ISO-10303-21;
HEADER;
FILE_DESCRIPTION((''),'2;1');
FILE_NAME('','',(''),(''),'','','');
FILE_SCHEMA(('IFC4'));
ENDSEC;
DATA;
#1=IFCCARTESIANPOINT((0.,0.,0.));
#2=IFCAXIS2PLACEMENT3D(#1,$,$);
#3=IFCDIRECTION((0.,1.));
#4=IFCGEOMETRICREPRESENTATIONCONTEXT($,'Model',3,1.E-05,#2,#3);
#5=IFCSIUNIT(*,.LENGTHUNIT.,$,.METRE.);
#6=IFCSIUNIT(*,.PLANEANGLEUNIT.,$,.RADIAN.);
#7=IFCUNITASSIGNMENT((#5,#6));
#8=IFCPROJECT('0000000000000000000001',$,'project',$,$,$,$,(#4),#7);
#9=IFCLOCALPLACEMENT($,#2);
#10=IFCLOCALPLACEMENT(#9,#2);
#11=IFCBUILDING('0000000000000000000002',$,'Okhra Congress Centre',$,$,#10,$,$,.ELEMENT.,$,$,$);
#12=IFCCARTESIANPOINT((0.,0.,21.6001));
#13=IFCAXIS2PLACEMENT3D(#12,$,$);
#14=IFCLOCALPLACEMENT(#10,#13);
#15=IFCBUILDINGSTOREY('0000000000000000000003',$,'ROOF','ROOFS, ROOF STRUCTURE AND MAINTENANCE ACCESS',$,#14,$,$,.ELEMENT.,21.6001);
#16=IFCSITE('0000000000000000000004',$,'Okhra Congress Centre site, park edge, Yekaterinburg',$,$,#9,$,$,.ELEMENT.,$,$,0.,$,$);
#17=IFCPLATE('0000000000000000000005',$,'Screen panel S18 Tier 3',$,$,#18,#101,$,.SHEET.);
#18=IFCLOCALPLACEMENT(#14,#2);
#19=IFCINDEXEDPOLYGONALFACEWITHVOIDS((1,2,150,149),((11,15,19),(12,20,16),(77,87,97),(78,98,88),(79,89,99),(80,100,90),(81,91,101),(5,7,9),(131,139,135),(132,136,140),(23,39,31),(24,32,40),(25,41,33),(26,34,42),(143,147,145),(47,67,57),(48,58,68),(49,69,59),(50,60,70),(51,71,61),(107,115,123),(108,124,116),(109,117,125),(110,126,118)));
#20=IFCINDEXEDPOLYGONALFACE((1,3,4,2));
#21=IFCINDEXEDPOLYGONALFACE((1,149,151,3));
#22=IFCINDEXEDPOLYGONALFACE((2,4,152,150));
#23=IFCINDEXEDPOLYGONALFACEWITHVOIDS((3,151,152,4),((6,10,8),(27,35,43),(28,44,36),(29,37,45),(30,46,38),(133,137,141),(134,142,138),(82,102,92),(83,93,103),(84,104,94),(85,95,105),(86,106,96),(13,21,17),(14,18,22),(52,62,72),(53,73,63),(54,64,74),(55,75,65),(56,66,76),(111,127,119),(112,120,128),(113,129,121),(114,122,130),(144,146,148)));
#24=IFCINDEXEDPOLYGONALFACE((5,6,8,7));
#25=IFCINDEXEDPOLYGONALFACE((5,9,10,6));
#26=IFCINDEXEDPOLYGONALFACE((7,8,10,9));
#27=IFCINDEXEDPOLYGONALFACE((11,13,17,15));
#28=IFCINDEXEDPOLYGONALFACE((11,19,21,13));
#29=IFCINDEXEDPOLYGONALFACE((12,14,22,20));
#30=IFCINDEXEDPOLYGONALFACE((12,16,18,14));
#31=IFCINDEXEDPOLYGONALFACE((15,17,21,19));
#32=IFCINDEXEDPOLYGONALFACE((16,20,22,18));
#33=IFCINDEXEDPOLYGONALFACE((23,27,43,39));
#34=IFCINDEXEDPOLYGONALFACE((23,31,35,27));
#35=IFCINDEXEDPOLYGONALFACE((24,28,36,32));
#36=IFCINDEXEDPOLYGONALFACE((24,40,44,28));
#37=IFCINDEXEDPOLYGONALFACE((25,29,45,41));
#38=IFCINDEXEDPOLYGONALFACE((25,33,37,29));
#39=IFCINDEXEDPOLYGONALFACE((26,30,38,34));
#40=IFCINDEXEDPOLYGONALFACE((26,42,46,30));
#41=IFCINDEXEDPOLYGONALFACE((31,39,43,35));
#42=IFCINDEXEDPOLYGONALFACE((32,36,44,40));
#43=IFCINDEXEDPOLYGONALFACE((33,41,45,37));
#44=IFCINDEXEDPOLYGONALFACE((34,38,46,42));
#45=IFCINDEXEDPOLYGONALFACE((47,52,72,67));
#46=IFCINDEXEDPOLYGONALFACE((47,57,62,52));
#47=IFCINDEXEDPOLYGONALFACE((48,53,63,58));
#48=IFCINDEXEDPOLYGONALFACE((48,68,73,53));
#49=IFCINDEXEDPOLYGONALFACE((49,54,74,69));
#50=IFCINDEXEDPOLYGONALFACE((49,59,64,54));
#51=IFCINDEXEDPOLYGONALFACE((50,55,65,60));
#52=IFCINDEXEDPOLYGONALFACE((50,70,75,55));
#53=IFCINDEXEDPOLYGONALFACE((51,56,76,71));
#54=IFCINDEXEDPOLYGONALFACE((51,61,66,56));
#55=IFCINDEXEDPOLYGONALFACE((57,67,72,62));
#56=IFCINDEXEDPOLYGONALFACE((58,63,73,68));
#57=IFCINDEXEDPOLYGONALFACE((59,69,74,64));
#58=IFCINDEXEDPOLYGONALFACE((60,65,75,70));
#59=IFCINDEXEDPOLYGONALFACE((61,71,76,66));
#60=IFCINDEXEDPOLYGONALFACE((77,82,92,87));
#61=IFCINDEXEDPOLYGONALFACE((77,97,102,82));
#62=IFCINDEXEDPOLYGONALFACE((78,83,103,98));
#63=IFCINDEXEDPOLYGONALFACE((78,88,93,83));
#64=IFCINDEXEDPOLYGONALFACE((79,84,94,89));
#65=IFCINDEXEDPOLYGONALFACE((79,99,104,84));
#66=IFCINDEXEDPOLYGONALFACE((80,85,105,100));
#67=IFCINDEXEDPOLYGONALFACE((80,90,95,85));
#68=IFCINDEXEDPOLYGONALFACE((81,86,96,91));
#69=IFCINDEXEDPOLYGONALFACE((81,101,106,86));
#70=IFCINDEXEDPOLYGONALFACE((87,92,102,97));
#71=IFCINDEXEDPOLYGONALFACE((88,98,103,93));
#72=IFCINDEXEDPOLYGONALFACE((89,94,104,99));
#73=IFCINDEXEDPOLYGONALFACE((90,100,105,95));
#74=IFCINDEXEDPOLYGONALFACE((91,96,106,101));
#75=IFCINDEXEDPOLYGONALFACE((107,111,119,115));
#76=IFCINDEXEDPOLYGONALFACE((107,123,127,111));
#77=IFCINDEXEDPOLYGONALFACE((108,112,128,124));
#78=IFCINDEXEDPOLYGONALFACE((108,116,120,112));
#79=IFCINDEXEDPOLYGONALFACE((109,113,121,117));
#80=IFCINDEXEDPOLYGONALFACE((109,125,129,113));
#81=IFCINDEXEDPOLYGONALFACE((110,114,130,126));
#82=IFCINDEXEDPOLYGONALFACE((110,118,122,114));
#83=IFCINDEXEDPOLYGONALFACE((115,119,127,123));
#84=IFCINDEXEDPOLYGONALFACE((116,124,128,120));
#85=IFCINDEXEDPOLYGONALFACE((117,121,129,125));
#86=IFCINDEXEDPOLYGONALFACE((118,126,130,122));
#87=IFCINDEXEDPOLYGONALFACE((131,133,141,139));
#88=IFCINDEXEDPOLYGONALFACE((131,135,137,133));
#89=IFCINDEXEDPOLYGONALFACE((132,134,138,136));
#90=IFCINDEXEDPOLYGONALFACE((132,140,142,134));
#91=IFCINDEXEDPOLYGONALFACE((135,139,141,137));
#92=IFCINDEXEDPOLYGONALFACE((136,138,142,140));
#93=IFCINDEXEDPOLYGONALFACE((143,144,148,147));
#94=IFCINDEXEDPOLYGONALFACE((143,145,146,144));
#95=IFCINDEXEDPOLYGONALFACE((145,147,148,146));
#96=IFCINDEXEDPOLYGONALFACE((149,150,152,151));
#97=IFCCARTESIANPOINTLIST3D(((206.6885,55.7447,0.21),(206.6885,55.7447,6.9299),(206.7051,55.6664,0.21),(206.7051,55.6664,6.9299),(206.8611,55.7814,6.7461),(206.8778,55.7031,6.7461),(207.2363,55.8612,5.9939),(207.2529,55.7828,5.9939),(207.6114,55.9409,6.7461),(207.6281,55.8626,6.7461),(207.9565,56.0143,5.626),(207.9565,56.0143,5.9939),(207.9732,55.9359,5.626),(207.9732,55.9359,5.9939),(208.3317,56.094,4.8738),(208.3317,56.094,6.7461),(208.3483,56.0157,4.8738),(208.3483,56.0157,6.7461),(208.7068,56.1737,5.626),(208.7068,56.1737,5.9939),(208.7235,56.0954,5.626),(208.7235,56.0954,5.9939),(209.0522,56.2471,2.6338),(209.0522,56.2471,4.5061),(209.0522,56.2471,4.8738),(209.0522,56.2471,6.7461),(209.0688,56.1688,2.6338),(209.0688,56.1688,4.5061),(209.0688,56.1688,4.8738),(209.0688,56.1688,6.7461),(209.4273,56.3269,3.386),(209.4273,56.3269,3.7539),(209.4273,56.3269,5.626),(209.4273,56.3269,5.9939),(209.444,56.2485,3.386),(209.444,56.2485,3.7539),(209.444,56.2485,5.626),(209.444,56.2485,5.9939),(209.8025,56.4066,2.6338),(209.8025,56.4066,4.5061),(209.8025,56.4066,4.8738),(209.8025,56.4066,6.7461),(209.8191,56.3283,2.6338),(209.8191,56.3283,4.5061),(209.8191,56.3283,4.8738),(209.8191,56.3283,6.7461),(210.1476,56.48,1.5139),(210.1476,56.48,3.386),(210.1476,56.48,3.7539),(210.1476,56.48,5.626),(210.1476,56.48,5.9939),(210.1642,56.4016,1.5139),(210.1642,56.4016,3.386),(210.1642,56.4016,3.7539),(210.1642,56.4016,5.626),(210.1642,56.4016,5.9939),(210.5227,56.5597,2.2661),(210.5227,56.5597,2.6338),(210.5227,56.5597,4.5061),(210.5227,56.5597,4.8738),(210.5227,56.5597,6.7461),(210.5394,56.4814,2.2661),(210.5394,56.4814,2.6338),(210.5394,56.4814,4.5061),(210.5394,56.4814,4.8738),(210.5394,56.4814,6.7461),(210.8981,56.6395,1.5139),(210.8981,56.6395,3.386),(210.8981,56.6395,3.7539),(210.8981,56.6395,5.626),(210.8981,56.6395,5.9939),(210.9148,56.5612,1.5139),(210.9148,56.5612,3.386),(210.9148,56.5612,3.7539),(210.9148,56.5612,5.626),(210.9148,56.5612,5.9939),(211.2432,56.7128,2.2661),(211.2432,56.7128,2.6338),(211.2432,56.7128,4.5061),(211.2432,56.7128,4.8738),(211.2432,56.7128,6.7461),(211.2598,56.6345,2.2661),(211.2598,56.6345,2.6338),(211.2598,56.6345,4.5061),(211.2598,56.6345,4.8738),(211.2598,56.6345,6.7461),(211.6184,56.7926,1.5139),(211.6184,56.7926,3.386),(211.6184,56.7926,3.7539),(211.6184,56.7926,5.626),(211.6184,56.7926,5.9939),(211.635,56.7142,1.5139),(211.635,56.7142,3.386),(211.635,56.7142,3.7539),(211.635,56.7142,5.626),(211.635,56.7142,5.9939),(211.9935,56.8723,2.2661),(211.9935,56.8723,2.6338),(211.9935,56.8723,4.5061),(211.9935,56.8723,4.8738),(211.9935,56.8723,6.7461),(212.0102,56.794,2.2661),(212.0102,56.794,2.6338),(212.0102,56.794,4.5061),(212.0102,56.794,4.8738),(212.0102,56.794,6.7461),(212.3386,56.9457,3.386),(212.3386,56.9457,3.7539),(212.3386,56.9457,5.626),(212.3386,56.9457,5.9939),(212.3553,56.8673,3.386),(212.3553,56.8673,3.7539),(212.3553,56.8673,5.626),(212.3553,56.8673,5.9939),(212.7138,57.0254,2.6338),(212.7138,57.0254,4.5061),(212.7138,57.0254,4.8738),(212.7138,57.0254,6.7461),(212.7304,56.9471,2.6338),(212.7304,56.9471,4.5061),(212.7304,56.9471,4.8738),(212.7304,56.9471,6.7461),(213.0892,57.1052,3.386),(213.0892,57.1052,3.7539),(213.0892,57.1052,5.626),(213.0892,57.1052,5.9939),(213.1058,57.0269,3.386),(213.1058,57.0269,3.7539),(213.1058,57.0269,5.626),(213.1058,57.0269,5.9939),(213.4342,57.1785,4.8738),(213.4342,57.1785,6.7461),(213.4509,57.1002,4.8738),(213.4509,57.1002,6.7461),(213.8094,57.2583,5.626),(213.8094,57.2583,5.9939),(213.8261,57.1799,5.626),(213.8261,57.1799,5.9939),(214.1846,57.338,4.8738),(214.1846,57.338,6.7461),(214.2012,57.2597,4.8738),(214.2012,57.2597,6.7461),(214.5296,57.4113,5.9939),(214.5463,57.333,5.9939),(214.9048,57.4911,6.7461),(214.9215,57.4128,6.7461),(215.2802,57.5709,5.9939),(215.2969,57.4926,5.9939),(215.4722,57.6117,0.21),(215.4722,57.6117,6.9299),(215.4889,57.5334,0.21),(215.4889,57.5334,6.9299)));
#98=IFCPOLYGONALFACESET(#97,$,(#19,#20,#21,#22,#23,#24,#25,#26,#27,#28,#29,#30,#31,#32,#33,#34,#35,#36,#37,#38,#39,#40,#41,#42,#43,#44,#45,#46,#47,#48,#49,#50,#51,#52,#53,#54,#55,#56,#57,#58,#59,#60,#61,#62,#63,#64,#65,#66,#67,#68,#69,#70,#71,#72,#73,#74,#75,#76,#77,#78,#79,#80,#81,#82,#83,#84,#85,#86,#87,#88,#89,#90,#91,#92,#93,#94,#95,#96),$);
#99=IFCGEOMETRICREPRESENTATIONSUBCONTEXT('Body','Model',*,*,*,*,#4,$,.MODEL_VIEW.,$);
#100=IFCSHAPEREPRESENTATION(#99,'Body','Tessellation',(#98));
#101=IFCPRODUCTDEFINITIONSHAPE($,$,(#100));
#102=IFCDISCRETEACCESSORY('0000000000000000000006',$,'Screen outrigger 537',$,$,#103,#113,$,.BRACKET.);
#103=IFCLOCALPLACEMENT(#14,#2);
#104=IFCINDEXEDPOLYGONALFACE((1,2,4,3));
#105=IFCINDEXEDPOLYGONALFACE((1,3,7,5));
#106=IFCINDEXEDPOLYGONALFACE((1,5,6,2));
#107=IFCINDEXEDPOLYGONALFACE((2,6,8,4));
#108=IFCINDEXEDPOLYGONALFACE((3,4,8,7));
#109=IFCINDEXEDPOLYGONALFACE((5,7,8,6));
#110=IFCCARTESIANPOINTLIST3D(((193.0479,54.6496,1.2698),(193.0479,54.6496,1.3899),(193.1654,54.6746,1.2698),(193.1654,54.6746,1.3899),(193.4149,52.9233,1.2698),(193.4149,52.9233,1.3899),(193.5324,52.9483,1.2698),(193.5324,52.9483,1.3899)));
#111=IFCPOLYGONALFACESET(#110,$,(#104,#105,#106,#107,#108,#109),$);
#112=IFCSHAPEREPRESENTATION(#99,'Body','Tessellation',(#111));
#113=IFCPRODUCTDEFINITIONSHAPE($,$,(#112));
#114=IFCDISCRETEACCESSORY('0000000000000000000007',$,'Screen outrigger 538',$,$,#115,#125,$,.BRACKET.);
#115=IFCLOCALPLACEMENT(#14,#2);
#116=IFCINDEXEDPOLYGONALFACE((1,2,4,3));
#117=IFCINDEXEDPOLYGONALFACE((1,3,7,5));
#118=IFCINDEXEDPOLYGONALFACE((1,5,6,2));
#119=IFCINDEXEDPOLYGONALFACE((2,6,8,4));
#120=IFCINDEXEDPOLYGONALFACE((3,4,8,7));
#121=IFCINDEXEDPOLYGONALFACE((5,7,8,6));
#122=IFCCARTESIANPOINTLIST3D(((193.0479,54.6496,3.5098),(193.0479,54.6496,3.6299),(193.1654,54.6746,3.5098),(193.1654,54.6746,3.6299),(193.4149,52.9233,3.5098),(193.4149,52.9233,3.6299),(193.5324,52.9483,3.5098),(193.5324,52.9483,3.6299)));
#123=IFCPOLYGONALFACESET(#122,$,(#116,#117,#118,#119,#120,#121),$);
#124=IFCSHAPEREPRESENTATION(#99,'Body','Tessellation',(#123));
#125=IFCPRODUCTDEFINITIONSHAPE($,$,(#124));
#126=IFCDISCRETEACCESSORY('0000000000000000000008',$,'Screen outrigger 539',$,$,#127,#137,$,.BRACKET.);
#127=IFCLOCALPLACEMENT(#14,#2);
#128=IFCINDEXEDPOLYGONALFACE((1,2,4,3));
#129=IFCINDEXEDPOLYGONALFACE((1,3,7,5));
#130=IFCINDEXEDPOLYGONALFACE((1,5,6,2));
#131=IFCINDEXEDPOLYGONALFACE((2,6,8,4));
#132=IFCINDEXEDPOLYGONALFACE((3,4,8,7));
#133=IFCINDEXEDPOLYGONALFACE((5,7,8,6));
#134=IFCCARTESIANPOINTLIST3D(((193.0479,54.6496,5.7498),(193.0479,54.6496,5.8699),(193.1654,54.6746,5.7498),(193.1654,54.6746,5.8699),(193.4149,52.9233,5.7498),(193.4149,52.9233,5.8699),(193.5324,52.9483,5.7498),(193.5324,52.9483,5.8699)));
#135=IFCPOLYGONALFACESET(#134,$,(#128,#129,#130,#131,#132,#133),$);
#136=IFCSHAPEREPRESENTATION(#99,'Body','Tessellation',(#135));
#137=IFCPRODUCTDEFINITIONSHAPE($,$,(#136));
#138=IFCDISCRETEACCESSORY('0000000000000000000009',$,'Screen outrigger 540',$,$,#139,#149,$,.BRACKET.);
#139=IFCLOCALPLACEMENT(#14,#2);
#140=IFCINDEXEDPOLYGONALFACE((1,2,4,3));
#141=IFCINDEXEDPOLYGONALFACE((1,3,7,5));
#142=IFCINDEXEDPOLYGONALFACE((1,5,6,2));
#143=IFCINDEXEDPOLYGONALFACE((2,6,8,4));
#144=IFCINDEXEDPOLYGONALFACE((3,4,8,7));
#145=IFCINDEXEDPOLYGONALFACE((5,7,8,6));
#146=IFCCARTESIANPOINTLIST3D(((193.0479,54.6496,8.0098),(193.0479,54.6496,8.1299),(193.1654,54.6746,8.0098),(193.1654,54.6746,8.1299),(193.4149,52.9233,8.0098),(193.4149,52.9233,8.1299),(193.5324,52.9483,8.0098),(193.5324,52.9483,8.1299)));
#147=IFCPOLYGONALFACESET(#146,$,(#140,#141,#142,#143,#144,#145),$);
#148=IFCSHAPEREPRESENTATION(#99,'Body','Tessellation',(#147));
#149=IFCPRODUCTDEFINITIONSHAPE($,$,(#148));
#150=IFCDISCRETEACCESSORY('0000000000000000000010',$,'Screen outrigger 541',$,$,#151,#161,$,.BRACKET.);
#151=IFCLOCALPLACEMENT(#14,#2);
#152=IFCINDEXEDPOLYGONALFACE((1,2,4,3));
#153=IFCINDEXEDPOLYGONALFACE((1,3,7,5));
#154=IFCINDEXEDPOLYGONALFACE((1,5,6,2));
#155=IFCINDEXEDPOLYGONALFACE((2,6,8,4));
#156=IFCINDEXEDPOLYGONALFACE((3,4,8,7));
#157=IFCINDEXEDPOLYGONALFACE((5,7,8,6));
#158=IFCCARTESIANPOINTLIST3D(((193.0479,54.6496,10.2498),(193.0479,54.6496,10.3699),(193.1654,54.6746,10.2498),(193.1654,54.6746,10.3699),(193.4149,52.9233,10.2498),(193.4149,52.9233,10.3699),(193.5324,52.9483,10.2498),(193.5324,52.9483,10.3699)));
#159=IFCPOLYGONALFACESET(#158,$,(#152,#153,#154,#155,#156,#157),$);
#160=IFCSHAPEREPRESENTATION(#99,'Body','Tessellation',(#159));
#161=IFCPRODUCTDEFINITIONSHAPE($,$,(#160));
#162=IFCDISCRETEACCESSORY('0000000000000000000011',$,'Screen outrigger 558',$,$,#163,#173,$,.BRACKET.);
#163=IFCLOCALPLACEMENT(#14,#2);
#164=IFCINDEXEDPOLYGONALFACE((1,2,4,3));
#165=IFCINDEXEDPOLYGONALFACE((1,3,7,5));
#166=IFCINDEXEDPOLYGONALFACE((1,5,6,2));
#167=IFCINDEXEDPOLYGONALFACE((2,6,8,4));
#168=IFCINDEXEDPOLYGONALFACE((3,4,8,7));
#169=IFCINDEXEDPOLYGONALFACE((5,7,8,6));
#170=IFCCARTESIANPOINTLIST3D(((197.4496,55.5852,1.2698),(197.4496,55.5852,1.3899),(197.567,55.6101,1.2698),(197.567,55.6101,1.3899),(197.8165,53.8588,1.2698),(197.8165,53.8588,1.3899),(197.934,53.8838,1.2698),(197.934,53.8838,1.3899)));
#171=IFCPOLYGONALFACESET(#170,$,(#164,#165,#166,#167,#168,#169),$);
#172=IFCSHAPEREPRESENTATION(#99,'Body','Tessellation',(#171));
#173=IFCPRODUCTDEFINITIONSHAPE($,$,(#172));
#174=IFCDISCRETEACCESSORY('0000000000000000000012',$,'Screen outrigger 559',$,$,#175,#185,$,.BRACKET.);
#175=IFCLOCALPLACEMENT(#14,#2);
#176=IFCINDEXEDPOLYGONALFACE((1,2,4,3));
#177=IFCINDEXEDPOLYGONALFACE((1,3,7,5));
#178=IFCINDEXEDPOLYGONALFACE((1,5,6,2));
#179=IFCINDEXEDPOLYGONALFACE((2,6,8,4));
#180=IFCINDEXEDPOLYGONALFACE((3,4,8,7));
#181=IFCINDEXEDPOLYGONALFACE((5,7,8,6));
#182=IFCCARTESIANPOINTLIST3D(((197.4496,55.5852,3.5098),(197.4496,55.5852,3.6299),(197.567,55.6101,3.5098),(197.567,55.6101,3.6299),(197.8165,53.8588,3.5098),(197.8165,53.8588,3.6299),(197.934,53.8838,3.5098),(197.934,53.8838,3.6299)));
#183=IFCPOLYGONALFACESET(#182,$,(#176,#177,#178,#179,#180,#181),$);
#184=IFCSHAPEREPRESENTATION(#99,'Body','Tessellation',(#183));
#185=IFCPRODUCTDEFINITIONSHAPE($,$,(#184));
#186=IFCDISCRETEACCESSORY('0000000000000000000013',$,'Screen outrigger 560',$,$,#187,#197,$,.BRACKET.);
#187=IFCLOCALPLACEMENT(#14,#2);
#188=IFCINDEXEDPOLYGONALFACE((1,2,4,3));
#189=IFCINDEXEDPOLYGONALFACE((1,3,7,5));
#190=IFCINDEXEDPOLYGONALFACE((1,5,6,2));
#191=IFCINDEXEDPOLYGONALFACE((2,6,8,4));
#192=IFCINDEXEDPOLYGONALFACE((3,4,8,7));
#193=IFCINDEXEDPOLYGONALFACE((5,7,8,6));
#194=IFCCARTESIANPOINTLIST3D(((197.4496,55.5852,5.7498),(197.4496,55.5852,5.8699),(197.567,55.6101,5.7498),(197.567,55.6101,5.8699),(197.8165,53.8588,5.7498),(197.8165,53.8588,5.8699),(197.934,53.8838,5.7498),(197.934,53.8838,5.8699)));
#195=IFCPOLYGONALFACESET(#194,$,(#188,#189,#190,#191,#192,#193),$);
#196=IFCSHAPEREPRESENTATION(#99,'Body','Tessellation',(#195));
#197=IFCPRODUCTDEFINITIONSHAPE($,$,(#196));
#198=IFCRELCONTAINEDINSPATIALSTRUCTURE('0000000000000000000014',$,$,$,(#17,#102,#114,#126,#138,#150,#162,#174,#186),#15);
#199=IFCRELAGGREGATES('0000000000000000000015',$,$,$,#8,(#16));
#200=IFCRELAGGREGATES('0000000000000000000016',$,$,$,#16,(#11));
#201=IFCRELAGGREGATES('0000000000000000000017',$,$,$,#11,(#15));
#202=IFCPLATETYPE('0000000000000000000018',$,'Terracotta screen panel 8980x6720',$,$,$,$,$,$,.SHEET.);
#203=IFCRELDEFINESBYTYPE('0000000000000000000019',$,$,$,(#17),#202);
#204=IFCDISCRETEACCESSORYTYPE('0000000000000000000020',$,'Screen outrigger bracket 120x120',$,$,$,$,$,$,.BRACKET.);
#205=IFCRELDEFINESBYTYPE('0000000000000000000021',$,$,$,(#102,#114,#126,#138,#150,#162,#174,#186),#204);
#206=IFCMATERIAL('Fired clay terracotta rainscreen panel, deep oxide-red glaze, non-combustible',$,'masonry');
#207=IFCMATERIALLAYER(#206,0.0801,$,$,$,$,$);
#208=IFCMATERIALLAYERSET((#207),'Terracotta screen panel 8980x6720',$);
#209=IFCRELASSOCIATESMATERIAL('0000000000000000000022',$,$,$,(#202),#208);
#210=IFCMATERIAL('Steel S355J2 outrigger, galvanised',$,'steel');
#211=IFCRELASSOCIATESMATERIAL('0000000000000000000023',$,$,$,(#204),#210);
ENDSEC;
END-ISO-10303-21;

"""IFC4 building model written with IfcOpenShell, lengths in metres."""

from ifc_helpers import new_model, si_unit, direction, frame, origin, origin_2d, place, context, subcontext, project, spatial, polyline, rectangle, outline, extrude, material, layer, layer_set, material_profile, profile_set, type_object, element, save


model = new_model("IFC4")

# Units and contexts
model_context = context("Model", 3, precision=1e-05, world=origin(), true_north=direction((0.0, 1.0)))
body_context = subcontext(model_context, "Body", "Model", "MODEL_VIEW")
ifc_project = project(units=[si_unit("LENGTHUNIT", "METRE"), si_unit("PLANEANGLEUNIT", "RADIAN")], contexts=[model_context])

# Site, building, storey
site_placement = place(None, origin())
site = spatial("IfcSite", under=ifc_project, at=site_placement, Name="Okhra Congress Centre site, park edge, Yekaterinburg", CompositionType="ELEMENT", RefElevation=0.0)
building_placement = place(site_placement, origin())
building = spatial("IfcBuilding", under=site, at=building_placement, Name="Okhra Congress Centre", CompositionType="ELEMENT")
storey_placement = place(building_placement, frame((0.0, 0.0, 21.6001)))
storey = spatial("IfcBuildingStorey", under=building, at=storey_placement, Name="ROOF", Description="ROOFS, ROOF STRUCTURE AND MAINTENANCE ACCESS", CompositionType="ELEMENT", Elevation=21.6001)

# Plate
ifc_material_1 = material(Name="Fired clay terracotta rainscreen panel, deep oxide-red glaze, non-combustible", Category="masonry")
ifc_layer_1 = layer(ifc_material_1, 0.0801)
ifc_layer_set_1 = layer_set([ifc_layer_1], Name="Terracotta screen panel 8980x6720")
plate_type_1 = type_object("IfcPlateType", Name="Terracotta screen panel 8980x6720", PredefinedType="SHEET", material=ifc_layer_set_1)
plate_1_placement = place(storey_placement, frame((206.6968, 55.7056, 0.21), z_axis=(0.0, 0.0, 1.0), x_axis=(0.97815, 0.207902, 0.0)))
element("IfcPlate", 1, at=plate_1_placement, inside=storey, type_object=plate_type_1, Name="Screen panel S18 Tier 3", PredefinedType="SHEET", context=body_context, shape_type="SweptSolid", body=[
    extrude(outline(polyline([(0.0, 0.0), (8.98, 0.0), (8.98, 6.72), (0.0, 6.72), (0.0, 0.0)]), holes=[polyline([(3.5364, 1.304), (4.3037, 1.304), (3.9199, 2.0562), (3.5364, 1.304)]), polyline([(4.6565, 2.0562), (5.04, 1.304), (5.4236, 2.0562), (4.6565, 2.0562)]), polyline([(2.4165, 2.4238), (3.1836, 2.4238), (2.8, 3.176), (2.4165, 2.4238)]), polyline([(3.5364, 3.176), (3.9199, 2.4238), (4.3037, 3.176), (3.5364, 3.176)]), polyline([(4.6565, 2.4238), (5.4236, 2.4238), (5.04, 3.176), (4.6565, 2.4238)]), polyline([(5.7764, 3.176), (6.1599, 2.4238), (6.5437, 3.176), (5.7764, 3.176)]), polyline([(2.4165, 4.2961), (2.8, 3.5439), (3.1836, 4.2961), (2.4165, 4.2961)]), polyline([(3.5364, 3.5439), (4.3037, 3.5439), (3.9199, 4.2961), (3.5364, 3.5439)]), polyline([(4.6565, 4.2961), (5.04, 3.5439), (5.4236, 4.2961), (4.6565, 4.2961)]), polyline([(5.7764, 3.5439), (6.5437, 3.5439), (6.1599, 4.2961), (5.7764, 3.5439)]), polyline([(1.2964, 5.416), (1.6799, 4.6638), (2.0635, 5.416), (1.2964, 5.416)]), polyline([(2.4165, 4.6638), (3.1836, 4.6638), (2.8, 5.416), (2.4165, 4.6638)]), polyline([(3.5364, 5.416), (3.9199, 4.6638), (4.3037, 5.416), (3.5364, 5.416)]), polyline([(4.6565, 4.6638), (5.4236, 4.6638), (5.04, 5.416), (4.6565, 4.6638)]), polyline([(5.7764, 5.416), (6.1599, 4.6638), (6.5437, 5.416), (5.7764, 5.416)]), polyline([(6.8965, 4.6638), (7.6636, 4.6638), (7.28, 5.416), (6.8965, 4.6638)]), polyline([(0.1765, 6.5361), (0.5601, 5.7839), (0.9436, 6.5361), (0.1765, 6.5361)]), polyline([(1.2964, 5.7839), (2.0635, 5.7839), (1.6799, 6.5361), (1.2964, 5.7839)]), polyline([(2.4165, 6.5361), (2.8, 5.7839), (3.1836, 6.5361), (2.4165, 6.5361)]), polyline([(3.5364, 5.7839), (4.3037, 5.7839), (3.9199, 6.5361), (3.5364, 5.7839)]), polyline([(4.6565, 6.5361), (5.04, 5.7839), (5.4236, 6.5361), (4.6565, 6.5361)]), polyline([(5.7764, 5.7839), (6.5437, 5.7839), (6.1599, 6.5361), (5.7764, 5.7839)]), polyline([(6.8965, 6.5361), (7.28, 5.7839), (7.6636, 6.5361), (6.8965, 6.5361)]), polyline([(8.0164, 5.7839), (8.7837, 5.7839), (8.3999, 6.5361), (8.0164, 5.7839)])]), frame((0.0, 0.04, 0.0), z_axis=(0.0, -1.0, 0.0), x_axis=(1.0, 0.0, 0.0)), (0.0, 0.0, 1.0), 0.0801),
])

# Discrete accessories
ifc_material_2 = material(Name="Steel S355J2 outrigger, galvanised", Category="steel")
ifc_material_profile_1 = material_profile(ifc_material_2, rectangle(XDim=0.1201, YDim=0.1201, at=origin_2d()), Name="Screen outrigger bracket 120x120")
ifc_profile_set_1 = profile_set([ifc_material_profile_1], Name="Steel S355J2 outrigger, galvanised")
discrete_accessory_type = type_object("IfcDiscreteAccessoryType", Name="Screen outrigger bracket 120x120", PredefinedType="BRACKET", material=ifc_profile_set_1)
for number, where, z_axis, x_axis, name in (
    (2, (193.1067, 54.6621, 1.3298), (0.207913, -0.978147, 0.0), (0.978147, 0.207913, 0.0), "Screen outrigger 537"),
    (3, (193.1067, 54.6621, 3.5698), (0.207913, -0.978147, 0.0), (0.978147, 0.207913, 0.0), "Screen outrigger 538"),
    (4, (193.1067, 54.6621, 5.8098), (0.207913, -0.978147, 0.0), (0.978147, 0.207913, 0.0), "Screen outrigger 539"),
    (5, (193.1067, 54.6621, 8.0698), (0.207913, -0.978147, 0.0), (0.978147, 0.207913, 0.0), "Screen outrigger 540"),
    (6, (193.1067, 54.6621, 10.3098), (0.207913, -0.978147, 0.0), (0.978147, 0.207913, 0.0), "Screen outrigger 541"),
    (7, (197.5083, 55.5977, 1.3298), (0.207913, -0.978147, 0.0), (0.978147, 0.207913, 0.0), "Screen outrigger 558"),
    (8, (197.5083, 55.5977, 3.5698), (0.207913, -0.978147, 0.0), (0.978147, 0.207913, 0.0), "Screen outrigger 559"),
    (9, (197.5083, 55.5977, 5.8098), (0.207913, -0.978147, 0.0), (0.978147, 0.207913, 0.0), "Screen outrigger 560"),
):
    element("IfcDiscreteAccessory", number, at=place(storey_placement, frame(where, z_axis=z_axis, x_axis=x_axis)), inside=storey, type_object=discrete_accessory_type, Name=name, PredefinedType="BRACKET", context=body_context, shape_type="SweptSolid", body=[
        extrude(rectangle(XDim=0.1201, YDim=0.1201, at=origin_2d()), origin(), (0.0, 0.0, 1.0), 1.7649),
    ])

save(model, "model.ifc")
